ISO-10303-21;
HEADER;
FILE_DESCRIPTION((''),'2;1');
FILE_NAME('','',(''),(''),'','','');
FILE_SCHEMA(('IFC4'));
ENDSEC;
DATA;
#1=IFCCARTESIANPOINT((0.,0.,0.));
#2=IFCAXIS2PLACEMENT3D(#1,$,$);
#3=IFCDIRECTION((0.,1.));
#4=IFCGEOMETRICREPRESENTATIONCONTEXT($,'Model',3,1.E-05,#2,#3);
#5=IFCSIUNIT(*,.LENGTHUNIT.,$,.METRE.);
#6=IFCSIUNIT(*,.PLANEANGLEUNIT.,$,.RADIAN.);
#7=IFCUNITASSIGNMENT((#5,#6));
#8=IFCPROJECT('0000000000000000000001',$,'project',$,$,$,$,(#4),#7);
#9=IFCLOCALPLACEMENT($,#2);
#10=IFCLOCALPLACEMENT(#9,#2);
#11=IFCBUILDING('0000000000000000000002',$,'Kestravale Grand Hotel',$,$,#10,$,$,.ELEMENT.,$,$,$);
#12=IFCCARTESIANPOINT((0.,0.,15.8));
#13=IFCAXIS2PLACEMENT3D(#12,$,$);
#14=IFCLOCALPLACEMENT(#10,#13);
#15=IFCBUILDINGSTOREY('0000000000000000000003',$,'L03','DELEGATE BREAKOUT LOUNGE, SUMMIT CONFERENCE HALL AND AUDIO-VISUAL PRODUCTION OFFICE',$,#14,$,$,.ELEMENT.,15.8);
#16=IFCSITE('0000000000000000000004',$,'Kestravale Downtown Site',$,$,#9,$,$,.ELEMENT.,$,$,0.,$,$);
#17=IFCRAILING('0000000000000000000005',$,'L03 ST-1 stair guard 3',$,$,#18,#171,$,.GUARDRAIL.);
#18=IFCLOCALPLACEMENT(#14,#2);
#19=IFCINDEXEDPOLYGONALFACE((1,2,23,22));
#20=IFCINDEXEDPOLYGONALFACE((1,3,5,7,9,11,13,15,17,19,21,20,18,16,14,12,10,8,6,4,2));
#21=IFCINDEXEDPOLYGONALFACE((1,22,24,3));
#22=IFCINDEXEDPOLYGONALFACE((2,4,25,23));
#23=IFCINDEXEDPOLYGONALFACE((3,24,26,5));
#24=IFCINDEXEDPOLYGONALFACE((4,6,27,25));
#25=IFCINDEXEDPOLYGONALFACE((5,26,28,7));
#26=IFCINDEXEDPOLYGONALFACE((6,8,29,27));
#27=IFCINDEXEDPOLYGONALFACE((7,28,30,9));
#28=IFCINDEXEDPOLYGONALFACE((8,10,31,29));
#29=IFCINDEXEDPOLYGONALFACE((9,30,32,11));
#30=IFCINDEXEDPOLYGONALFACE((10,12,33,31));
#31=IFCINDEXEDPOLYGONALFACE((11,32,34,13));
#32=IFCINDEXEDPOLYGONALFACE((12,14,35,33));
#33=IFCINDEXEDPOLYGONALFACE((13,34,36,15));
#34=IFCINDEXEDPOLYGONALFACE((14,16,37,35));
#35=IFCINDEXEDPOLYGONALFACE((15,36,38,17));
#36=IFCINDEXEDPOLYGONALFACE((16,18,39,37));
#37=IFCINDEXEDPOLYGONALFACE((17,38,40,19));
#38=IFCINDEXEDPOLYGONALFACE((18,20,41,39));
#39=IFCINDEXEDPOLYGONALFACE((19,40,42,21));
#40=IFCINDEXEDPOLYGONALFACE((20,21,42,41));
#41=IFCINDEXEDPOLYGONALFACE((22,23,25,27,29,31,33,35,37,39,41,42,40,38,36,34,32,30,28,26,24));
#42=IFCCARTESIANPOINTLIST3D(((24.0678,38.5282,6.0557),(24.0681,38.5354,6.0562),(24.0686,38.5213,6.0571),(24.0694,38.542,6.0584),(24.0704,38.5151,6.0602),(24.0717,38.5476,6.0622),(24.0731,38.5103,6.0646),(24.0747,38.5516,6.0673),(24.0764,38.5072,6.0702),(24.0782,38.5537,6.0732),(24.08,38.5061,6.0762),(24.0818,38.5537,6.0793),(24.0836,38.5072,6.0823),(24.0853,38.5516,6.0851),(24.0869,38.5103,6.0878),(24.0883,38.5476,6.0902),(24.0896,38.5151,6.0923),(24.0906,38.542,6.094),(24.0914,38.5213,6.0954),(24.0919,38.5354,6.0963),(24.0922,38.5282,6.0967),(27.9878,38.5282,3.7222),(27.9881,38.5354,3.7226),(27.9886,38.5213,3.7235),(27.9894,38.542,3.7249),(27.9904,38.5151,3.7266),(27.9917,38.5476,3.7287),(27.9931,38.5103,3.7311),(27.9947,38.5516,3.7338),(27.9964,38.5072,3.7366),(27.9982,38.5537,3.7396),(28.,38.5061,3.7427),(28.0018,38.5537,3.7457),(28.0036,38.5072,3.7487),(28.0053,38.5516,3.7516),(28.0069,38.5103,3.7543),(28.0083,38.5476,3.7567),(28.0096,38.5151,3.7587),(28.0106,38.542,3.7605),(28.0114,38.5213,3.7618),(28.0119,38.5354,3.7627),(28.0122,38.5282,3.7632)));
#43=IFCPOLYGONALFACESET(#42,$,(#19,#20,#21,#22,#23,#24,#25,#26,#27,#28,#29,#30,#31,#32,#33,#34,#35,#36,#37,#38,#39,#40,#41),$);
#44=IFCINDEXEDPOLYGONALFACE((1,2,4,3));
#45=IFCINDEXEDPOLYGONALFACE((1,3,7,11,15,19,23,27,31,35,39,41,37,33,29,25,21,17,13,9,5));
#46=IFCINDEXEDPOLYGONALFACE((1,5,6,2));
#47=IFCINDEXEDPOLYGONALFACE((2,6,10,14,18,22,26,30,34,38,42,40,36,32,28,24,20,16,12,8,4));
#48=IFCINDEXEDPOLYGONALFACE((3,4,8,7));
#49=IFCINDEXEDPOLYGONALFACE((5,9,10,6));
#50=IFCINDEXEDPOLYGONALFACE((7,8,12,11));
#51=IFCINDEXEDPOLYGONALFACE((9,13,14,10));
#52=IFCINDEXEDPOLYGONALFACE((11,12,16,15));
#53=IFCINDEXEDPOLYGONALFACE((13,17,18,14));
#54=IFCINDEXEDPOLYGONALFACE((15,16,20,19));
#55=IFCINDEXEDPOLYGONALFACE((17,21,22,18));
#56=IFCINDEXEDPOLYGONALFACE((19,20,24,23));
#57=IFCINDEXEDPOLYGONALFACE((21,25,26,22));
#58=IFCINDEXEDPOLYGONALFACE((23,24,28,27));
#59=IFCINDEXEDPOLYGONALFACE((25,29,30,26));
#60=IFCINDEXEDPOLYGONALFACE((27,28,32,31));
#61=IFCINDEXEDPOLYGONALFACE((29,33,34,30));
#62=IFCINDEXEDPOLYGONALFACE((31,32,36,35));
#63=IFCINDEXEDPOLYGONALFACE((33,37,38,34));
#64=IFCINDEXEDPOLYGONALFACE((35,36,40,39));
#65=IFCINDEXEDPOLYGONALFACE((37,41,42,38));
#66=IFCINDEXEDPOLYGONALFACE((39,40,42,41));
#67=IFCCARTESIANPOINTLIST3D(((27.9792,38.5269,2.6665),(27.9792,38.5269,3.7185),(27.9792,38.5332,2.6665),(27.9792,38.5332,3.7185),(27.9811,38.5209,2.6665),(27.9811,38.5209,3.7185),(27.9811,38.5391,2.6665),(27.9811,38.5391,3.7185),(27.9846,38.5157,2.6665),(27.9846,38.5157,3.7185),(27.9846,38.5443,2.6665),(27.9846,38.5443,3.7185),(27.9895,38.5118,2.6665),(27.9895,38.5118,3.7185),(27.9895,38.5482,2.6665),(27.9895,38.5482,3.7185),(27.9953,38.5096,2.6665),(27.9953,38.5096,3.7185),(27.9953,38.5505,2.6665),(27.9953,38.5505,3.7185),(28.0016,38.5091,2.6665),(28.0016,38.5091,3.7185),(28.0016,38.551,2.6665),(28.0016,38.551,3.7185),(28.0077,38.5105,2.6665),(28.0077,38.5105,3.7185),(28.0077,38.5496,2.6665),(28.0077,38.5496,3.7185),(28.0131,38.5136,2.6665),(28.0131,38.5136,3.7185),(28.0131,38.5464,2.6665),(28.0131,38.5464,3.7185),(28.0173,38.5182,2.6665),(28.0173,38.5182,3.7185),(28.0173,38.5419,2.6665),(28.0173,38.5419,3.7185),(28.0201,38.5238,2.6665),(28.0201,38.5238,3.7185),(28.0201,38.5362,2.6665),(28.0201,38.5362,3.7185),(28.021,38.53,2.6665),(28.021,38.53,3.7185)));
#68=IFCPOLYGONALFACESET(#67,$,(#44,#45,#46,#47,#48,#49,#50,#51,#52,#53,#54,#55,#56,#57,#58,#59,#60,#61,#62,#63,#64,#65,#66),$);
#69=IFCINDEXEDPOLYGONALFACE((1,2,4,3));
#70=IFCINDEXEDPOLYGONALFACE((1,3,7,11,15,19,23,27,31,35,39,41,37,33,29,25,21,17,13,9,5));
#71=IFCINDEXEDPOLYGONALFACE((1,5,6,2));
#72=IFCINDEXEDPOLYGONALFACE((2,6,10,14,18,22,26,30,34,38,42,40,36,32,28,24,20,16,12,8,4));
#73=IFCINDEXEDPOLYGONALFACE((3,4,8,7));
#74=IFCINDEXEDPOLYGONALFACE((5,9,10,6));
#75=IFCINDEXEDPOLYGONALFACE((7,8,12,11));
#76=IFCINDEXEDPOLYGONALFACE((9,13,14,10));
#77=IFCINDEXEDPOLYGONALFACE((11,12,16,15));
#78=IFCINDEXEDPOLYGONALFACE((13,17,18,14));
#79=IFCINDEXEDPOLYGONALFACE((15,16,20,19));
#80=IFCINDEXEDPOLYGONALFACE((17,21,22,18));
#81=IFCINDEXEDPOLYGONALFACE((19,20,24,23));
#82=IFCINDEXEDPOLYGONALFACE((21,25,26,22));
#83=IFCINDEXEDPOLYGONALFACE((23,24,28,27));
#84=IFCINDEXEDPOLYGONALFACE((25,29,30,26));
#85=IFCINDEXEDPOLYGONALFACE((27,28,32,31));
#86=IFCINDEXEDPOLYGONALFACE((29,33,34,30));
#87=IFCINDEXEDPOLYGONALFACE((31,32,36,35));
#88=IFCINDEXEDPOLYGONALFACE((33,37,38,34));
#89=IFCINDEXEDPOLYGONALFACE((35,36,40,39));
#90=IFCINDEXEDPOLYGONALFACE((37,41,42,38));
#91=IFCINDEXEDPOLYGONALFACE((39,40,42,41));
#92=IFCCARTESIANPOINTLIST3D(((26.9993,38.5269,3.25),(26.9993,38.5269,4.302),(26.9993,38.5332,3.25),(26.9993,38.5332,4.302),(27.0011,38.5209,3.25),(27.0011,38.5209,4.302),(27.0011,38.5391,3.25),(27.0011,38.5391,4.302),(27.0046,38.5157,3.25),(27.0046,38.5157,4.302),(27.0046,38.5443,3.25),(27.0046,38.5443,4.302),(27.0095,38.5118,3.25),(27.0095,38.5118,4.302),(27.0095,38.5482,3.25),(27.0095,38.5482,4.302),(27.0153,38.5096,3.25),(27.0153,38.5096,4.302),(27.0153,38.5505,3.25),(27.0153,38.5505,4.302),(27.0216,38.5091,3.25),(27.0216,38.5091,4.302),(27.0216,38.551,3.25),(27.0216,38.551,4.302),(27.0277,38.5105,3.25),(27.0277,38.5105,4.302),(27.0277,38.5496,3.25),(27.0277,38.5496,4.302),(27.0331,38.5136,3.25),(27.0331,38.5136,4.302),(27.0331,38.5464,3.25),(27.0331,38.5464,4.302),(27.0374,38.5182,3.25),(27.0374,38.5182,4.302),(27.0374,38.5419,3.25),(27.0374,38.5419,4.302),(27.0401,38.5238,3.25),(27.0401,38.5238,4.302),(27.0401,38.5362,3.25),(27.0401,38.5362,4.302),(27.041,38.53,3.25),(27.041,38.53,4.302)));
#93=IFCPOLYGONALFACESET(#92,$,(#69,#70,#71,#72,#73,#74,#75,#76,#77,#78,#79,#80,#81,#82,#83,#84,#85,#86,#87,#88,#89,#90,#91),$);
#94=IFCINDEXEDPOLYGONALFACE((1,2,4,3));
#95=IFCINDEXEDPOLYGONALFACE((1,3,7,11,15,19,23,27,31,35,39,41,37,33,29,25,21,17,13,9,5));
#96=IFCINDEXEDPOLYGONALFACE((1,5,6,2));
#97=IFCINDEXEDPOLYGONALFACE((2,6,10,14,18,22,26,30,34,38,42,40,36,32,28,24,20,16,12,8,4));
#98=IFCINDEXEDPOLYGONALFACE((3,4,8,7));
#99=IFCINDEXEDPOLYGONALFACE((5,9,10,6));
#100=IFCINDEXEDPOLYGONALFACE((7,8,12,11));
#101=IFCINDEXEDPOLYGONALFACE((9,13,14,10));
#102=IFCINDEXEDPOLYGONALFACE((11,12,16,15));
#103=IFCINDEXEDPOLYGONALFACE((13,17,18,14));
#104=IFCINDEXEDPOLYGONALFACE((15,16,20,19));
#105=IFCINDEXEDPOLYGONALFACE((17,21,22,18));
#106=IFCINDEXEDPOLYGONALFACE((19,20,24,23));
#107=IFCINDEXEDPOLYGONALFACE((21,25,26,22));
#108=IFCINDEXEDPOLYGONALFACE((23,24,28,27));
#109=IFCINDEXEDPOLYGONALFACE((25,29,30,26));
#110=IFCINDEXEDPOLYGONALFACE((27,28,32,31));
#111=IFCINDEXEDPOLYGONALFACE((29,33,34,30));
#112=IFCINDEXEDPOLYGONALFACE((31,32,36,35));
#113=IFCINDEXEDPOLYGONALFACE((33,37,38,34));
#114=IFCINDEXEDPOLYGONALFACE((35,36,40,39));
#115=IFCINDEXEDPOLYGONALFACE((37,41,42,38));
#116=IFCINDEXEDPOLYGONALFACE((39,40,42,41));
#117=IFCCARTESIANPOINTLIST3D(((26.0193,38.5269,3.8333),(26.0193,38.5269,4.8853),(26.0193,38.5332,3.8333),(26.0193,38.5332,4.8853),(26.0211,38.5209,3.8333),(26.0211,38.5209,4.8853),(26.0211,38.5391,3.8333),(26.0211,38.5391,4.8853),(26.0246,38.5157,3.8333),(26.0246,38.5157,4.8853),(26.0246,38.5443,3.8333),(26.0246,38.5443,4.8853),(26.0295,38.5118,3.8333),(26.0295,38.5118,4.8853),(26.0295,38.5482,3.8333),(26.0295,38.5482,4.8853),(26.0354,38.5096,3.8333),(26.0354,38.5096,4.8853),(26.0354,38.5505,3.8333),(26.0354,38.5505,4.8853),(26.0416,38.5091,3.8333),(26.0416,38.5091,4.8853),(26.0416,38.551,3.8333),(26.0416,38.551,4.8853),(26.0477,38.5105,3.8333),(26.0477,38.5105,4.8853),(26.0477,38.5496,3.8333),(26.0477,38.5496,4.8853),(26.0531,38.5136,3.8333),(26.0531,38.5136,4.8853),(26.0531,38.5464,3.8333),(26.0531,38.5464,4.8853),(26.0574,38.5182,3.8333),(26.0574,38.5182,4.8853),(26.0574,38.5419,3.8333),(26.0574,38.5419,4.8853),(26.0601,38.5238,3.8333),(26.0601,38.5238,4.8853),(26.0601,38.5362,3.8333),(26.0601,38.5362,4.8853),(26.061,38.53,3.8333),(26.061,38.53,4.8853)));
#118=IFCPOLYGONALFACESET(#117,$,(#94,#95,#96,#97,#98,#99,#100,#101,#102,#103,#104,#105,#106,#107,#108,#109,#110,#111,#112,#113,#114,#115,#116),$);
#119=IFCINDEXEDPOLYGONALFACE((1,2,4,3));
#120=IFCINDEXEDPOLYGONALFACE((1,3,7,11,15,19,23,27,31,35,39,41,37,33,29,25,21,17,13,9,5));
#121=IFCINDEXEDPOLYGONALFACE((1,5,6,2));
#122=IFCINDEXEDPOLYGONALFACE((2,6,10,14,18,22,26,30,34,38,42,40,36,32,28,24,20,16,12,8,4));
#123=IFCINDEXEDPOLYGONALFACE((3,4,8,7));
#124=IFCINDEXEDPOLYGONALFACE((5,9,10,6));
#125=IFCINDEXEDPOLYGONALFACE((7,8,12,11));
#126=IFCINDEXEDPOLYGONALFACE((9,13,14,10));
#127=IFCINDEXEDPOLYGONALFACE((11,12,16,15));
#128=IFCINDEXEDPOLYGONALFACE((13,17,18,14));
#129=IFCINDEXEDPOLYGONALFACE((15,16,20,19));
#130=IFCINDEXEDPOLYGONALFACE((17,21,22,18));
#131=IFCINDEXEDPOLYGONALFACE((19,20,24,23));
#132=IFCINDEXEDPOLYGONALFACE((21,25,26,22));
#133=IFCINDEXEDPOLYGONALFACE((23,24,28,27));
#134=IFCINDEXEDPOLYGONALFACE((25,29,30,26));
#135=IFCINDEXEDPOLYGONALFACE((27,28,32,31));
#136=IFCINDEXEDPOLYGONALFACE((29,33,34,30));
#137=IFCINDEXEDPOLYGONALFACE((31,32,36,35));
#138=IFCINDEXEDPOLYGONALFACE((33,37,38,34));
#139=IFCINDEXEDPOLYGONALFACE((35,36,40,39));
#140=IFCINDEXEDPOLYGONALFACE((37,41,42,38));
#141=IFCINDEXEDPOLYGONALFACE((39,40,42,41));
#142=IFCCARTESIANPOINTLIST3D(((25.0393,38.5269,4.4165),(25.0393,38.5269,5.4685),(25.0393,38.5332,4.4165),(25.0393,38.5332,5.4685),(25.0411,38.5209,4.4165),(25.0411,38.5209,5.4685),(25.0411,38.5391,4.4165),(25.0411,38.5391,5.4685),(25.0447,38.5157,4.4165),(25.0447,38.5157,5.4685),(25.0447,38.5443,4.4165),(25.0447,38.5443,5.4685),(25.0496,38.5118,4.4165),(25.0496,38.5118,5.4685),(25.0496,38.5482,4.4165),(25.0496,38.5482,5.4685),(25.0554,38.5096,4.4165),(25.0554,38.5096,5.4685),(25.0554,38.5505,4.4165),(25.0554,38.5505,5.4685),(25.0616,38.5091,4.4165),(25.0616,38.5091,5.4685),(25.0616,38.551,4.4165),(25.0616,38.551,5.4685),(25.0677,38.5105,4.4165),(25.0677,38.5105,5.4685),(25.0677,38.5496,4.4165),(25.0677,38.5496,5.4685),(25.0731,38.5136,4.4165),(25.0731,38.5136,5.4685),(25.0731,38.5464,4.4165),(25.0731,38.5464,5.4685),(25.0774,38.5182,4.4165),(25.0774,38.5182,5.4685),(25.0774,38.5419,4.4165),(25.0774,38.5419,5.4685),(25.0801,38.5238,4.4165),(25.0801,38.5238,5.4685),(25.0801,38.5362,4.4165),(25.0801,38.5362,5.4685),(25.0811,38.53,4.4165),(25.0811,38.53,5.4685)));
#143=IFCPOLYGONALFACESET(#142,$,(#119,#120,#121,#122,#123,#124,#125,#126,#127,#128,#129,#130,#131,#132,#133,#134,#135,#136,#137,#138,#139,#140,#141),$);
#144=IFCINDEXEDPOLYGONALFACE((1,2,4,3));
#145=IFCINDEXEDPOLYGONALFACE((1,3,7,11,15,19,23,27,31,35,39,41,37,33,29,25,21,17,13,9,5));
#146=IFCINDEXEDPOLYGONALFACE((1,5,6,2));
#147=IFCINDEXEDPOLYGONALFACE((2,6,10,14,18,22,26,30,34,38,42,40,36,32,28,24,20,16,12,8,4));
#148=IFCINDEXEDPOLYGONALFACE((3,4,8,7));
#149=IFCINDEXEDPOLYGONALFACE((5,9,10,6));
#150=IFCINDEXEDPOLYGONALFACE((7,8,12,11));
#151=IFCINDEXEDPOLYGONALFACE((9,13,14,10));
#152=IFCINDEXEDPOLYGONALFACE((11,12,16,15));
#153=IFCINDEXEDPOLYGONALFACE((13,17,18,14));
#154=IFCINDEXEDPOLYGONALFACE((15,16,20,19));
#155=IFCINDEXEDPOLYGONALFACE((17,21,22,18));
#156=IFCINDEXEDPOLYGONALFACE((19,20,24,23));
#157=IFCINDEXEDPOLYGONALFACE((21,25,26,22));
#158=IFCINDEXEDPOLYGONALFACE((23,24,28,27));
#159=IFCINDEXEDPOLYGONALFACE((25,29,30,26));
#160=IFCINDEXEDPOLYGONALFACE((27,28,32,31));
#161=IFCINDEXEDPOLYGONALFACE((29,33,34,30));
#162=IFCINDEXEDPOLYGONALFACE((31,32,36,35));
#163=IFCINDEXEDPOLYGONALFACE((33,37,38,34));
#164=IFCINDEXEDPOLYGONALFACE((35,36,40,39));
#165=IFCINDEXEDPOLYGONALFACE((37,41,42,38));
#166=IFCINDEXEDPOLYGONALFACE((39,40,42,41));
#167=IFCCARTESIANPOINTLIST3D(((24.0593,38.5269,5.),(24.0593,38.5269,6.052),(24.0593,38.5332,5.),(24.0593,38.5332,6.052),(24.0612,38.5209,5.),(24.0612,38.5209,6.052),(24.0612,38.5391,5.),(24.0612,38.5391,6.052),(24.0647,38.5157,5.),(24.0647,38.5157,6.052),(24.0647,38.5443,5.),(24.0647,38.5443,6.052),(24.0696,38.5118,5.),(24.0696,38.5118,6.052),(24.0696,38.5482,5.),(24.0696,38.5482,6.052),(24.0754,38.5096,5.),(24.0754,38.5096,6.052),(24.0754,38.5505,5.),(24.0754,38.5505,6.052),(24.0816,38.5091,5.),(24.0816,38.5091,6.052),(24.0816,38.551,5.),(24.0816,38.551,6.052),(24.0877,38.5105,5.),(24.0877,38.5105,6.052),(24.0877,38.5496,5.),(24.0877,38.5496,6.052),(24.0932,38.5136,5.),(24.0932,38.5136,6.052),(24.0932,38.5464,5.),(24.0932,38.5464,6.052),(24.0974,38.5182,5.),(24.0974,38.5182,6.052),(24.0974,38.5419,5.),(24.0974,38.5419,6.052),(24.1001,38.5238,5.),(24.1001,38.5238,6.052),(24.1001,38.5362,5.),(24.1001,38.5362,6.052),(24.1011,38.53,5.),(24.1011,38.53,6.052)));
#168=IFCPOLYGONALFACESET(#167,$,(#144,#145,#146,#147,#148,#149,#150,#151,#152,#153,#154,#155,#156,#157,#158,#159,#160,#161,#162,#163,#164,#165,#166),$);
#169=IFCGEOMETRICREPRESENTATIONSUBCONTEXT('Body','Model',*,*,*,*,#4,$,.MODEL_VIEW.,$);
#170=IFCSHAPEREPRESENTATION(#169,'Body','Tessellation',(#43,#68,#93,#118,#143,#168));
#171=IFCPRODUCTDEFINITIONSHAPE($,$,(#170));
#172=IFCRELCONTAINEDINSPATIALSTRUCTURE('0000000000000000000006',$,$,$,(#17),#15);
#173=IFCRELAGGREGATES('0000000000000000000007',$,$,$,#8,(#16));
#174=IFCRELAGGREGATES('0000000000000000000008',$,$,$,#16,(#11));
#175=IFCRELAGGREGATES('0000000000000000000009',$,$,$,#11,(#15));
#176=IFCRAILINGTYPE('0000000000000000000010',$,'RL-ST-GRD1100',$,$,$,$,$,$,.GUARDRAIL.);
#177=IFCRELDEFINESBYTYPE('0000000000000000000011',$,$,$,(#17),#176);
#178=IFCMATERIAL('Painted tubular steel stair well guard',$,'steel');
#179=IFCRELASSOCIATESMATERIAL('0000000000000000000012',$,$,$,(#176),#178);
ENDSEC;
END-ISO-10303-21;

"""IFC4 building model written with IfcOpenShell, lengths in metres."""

from ifc_helpers import new_model, si_unit, direction, frame, origin, origin_2d, place, context, subcontext, project, spatial, circle, extrude, material, type_object, element, save


model = new_model("IFC4")

# Units and contexts
model_context = context("Model", 3, precision=1e-05, world=origin(), true_north=direction((0.0, 1.0)))
body_context = subcontext(model_context, "Body", "Model", "MODEL_VIEW")
ifc_project = project(units=[si_unit("LENGTHUNIT", "METRE"), si_unit("PLANEANGLEUNIT", "RADIAN")], contexts=[model_context])

# Site, building, storey
site_placement = place(None, origin())
site = spatial("IfcSite", under=ifc_project, at=site_placement, Name="Kestravale Downtown Site", CompositionType="ELEMENT", RefElevation=0.0)
building_placement = place(site_placement, origin())
building = spatial("IfcBuilding", under=site, at=building_placement, Name="Kestravale Grand Hotel", CompositionType="ELEMENT")
storey_placement = place(building_placement, frame((0.0, 0.0, 15.8)))
storey = spatial("IfcBuildingStorey", under=building, at=storey_placement, Name="L03", Description="DELEGATE BREAKOUT LOUNGE, SUMMIT CONFERENCE HALL AND AUDIO-VISUAL PRODUCTION OFFICE", CompositionType="ELEMENT", Elevation=15.8)

# Railing
ifc_material_1 = material(Name="Painted tubular steel stair well guard", Category="steel")
railing_type_1 = type_object("IfcRailingType", Name="RL-ST-GRD1100", PredefinedType="GUARDRAIL", material=ifc_material_1)
railing_1_placement = place(storey_placement, frame((28.0, 38.53, 2.6665)))
element("IfcRailing", 1, at=railing_1_placement, inside=storey, type_object=railing_type_1, Name="L03 ST-1 stair guard 3", PredefinedType="GUARDRAIL", context=body_context, shape_type="SweptSolid", body=[
    extrude(circle(Radius=0.0239, at=origin_2d()), frame((0.0, 0.0, 1.0762), z_axis=(-0.859273, 0.0, 0.511518), x_axis=(0.0, -1.0, 0.0)), (0.0, 0.0, 1.0), 4.562),
    extrude(circle(Radius=0.021, at=origin_2d()), origin(), (0.0, 0.0, 1.0), 1.052),
    extrude(circle(Radius=0.021, at=origin_2d()), frame((-0.98, 0.0, 0.5835)), (0.0, 0.0, 1.0), 1.052),
    extrude(circle(Radius=0.021, at=origin_2d()), frame((-1.96, 0.0, 1.1667)), (0.0, 0.0, 1.0), 1.052),
    extrude(circle(Radius=0.021, at=origin_2d()), frame((-2.9399, 0.0, 1.75)), (0.0, 0.0, 1.0), 1.052),
    extrude(circle(Radius=0.021, at=origin_2d()), frame((-3.9199, 0.0, 2.3335)), (0.0, 0.0, 1.0), 1.052),
])

save(model, "model.ifc")
